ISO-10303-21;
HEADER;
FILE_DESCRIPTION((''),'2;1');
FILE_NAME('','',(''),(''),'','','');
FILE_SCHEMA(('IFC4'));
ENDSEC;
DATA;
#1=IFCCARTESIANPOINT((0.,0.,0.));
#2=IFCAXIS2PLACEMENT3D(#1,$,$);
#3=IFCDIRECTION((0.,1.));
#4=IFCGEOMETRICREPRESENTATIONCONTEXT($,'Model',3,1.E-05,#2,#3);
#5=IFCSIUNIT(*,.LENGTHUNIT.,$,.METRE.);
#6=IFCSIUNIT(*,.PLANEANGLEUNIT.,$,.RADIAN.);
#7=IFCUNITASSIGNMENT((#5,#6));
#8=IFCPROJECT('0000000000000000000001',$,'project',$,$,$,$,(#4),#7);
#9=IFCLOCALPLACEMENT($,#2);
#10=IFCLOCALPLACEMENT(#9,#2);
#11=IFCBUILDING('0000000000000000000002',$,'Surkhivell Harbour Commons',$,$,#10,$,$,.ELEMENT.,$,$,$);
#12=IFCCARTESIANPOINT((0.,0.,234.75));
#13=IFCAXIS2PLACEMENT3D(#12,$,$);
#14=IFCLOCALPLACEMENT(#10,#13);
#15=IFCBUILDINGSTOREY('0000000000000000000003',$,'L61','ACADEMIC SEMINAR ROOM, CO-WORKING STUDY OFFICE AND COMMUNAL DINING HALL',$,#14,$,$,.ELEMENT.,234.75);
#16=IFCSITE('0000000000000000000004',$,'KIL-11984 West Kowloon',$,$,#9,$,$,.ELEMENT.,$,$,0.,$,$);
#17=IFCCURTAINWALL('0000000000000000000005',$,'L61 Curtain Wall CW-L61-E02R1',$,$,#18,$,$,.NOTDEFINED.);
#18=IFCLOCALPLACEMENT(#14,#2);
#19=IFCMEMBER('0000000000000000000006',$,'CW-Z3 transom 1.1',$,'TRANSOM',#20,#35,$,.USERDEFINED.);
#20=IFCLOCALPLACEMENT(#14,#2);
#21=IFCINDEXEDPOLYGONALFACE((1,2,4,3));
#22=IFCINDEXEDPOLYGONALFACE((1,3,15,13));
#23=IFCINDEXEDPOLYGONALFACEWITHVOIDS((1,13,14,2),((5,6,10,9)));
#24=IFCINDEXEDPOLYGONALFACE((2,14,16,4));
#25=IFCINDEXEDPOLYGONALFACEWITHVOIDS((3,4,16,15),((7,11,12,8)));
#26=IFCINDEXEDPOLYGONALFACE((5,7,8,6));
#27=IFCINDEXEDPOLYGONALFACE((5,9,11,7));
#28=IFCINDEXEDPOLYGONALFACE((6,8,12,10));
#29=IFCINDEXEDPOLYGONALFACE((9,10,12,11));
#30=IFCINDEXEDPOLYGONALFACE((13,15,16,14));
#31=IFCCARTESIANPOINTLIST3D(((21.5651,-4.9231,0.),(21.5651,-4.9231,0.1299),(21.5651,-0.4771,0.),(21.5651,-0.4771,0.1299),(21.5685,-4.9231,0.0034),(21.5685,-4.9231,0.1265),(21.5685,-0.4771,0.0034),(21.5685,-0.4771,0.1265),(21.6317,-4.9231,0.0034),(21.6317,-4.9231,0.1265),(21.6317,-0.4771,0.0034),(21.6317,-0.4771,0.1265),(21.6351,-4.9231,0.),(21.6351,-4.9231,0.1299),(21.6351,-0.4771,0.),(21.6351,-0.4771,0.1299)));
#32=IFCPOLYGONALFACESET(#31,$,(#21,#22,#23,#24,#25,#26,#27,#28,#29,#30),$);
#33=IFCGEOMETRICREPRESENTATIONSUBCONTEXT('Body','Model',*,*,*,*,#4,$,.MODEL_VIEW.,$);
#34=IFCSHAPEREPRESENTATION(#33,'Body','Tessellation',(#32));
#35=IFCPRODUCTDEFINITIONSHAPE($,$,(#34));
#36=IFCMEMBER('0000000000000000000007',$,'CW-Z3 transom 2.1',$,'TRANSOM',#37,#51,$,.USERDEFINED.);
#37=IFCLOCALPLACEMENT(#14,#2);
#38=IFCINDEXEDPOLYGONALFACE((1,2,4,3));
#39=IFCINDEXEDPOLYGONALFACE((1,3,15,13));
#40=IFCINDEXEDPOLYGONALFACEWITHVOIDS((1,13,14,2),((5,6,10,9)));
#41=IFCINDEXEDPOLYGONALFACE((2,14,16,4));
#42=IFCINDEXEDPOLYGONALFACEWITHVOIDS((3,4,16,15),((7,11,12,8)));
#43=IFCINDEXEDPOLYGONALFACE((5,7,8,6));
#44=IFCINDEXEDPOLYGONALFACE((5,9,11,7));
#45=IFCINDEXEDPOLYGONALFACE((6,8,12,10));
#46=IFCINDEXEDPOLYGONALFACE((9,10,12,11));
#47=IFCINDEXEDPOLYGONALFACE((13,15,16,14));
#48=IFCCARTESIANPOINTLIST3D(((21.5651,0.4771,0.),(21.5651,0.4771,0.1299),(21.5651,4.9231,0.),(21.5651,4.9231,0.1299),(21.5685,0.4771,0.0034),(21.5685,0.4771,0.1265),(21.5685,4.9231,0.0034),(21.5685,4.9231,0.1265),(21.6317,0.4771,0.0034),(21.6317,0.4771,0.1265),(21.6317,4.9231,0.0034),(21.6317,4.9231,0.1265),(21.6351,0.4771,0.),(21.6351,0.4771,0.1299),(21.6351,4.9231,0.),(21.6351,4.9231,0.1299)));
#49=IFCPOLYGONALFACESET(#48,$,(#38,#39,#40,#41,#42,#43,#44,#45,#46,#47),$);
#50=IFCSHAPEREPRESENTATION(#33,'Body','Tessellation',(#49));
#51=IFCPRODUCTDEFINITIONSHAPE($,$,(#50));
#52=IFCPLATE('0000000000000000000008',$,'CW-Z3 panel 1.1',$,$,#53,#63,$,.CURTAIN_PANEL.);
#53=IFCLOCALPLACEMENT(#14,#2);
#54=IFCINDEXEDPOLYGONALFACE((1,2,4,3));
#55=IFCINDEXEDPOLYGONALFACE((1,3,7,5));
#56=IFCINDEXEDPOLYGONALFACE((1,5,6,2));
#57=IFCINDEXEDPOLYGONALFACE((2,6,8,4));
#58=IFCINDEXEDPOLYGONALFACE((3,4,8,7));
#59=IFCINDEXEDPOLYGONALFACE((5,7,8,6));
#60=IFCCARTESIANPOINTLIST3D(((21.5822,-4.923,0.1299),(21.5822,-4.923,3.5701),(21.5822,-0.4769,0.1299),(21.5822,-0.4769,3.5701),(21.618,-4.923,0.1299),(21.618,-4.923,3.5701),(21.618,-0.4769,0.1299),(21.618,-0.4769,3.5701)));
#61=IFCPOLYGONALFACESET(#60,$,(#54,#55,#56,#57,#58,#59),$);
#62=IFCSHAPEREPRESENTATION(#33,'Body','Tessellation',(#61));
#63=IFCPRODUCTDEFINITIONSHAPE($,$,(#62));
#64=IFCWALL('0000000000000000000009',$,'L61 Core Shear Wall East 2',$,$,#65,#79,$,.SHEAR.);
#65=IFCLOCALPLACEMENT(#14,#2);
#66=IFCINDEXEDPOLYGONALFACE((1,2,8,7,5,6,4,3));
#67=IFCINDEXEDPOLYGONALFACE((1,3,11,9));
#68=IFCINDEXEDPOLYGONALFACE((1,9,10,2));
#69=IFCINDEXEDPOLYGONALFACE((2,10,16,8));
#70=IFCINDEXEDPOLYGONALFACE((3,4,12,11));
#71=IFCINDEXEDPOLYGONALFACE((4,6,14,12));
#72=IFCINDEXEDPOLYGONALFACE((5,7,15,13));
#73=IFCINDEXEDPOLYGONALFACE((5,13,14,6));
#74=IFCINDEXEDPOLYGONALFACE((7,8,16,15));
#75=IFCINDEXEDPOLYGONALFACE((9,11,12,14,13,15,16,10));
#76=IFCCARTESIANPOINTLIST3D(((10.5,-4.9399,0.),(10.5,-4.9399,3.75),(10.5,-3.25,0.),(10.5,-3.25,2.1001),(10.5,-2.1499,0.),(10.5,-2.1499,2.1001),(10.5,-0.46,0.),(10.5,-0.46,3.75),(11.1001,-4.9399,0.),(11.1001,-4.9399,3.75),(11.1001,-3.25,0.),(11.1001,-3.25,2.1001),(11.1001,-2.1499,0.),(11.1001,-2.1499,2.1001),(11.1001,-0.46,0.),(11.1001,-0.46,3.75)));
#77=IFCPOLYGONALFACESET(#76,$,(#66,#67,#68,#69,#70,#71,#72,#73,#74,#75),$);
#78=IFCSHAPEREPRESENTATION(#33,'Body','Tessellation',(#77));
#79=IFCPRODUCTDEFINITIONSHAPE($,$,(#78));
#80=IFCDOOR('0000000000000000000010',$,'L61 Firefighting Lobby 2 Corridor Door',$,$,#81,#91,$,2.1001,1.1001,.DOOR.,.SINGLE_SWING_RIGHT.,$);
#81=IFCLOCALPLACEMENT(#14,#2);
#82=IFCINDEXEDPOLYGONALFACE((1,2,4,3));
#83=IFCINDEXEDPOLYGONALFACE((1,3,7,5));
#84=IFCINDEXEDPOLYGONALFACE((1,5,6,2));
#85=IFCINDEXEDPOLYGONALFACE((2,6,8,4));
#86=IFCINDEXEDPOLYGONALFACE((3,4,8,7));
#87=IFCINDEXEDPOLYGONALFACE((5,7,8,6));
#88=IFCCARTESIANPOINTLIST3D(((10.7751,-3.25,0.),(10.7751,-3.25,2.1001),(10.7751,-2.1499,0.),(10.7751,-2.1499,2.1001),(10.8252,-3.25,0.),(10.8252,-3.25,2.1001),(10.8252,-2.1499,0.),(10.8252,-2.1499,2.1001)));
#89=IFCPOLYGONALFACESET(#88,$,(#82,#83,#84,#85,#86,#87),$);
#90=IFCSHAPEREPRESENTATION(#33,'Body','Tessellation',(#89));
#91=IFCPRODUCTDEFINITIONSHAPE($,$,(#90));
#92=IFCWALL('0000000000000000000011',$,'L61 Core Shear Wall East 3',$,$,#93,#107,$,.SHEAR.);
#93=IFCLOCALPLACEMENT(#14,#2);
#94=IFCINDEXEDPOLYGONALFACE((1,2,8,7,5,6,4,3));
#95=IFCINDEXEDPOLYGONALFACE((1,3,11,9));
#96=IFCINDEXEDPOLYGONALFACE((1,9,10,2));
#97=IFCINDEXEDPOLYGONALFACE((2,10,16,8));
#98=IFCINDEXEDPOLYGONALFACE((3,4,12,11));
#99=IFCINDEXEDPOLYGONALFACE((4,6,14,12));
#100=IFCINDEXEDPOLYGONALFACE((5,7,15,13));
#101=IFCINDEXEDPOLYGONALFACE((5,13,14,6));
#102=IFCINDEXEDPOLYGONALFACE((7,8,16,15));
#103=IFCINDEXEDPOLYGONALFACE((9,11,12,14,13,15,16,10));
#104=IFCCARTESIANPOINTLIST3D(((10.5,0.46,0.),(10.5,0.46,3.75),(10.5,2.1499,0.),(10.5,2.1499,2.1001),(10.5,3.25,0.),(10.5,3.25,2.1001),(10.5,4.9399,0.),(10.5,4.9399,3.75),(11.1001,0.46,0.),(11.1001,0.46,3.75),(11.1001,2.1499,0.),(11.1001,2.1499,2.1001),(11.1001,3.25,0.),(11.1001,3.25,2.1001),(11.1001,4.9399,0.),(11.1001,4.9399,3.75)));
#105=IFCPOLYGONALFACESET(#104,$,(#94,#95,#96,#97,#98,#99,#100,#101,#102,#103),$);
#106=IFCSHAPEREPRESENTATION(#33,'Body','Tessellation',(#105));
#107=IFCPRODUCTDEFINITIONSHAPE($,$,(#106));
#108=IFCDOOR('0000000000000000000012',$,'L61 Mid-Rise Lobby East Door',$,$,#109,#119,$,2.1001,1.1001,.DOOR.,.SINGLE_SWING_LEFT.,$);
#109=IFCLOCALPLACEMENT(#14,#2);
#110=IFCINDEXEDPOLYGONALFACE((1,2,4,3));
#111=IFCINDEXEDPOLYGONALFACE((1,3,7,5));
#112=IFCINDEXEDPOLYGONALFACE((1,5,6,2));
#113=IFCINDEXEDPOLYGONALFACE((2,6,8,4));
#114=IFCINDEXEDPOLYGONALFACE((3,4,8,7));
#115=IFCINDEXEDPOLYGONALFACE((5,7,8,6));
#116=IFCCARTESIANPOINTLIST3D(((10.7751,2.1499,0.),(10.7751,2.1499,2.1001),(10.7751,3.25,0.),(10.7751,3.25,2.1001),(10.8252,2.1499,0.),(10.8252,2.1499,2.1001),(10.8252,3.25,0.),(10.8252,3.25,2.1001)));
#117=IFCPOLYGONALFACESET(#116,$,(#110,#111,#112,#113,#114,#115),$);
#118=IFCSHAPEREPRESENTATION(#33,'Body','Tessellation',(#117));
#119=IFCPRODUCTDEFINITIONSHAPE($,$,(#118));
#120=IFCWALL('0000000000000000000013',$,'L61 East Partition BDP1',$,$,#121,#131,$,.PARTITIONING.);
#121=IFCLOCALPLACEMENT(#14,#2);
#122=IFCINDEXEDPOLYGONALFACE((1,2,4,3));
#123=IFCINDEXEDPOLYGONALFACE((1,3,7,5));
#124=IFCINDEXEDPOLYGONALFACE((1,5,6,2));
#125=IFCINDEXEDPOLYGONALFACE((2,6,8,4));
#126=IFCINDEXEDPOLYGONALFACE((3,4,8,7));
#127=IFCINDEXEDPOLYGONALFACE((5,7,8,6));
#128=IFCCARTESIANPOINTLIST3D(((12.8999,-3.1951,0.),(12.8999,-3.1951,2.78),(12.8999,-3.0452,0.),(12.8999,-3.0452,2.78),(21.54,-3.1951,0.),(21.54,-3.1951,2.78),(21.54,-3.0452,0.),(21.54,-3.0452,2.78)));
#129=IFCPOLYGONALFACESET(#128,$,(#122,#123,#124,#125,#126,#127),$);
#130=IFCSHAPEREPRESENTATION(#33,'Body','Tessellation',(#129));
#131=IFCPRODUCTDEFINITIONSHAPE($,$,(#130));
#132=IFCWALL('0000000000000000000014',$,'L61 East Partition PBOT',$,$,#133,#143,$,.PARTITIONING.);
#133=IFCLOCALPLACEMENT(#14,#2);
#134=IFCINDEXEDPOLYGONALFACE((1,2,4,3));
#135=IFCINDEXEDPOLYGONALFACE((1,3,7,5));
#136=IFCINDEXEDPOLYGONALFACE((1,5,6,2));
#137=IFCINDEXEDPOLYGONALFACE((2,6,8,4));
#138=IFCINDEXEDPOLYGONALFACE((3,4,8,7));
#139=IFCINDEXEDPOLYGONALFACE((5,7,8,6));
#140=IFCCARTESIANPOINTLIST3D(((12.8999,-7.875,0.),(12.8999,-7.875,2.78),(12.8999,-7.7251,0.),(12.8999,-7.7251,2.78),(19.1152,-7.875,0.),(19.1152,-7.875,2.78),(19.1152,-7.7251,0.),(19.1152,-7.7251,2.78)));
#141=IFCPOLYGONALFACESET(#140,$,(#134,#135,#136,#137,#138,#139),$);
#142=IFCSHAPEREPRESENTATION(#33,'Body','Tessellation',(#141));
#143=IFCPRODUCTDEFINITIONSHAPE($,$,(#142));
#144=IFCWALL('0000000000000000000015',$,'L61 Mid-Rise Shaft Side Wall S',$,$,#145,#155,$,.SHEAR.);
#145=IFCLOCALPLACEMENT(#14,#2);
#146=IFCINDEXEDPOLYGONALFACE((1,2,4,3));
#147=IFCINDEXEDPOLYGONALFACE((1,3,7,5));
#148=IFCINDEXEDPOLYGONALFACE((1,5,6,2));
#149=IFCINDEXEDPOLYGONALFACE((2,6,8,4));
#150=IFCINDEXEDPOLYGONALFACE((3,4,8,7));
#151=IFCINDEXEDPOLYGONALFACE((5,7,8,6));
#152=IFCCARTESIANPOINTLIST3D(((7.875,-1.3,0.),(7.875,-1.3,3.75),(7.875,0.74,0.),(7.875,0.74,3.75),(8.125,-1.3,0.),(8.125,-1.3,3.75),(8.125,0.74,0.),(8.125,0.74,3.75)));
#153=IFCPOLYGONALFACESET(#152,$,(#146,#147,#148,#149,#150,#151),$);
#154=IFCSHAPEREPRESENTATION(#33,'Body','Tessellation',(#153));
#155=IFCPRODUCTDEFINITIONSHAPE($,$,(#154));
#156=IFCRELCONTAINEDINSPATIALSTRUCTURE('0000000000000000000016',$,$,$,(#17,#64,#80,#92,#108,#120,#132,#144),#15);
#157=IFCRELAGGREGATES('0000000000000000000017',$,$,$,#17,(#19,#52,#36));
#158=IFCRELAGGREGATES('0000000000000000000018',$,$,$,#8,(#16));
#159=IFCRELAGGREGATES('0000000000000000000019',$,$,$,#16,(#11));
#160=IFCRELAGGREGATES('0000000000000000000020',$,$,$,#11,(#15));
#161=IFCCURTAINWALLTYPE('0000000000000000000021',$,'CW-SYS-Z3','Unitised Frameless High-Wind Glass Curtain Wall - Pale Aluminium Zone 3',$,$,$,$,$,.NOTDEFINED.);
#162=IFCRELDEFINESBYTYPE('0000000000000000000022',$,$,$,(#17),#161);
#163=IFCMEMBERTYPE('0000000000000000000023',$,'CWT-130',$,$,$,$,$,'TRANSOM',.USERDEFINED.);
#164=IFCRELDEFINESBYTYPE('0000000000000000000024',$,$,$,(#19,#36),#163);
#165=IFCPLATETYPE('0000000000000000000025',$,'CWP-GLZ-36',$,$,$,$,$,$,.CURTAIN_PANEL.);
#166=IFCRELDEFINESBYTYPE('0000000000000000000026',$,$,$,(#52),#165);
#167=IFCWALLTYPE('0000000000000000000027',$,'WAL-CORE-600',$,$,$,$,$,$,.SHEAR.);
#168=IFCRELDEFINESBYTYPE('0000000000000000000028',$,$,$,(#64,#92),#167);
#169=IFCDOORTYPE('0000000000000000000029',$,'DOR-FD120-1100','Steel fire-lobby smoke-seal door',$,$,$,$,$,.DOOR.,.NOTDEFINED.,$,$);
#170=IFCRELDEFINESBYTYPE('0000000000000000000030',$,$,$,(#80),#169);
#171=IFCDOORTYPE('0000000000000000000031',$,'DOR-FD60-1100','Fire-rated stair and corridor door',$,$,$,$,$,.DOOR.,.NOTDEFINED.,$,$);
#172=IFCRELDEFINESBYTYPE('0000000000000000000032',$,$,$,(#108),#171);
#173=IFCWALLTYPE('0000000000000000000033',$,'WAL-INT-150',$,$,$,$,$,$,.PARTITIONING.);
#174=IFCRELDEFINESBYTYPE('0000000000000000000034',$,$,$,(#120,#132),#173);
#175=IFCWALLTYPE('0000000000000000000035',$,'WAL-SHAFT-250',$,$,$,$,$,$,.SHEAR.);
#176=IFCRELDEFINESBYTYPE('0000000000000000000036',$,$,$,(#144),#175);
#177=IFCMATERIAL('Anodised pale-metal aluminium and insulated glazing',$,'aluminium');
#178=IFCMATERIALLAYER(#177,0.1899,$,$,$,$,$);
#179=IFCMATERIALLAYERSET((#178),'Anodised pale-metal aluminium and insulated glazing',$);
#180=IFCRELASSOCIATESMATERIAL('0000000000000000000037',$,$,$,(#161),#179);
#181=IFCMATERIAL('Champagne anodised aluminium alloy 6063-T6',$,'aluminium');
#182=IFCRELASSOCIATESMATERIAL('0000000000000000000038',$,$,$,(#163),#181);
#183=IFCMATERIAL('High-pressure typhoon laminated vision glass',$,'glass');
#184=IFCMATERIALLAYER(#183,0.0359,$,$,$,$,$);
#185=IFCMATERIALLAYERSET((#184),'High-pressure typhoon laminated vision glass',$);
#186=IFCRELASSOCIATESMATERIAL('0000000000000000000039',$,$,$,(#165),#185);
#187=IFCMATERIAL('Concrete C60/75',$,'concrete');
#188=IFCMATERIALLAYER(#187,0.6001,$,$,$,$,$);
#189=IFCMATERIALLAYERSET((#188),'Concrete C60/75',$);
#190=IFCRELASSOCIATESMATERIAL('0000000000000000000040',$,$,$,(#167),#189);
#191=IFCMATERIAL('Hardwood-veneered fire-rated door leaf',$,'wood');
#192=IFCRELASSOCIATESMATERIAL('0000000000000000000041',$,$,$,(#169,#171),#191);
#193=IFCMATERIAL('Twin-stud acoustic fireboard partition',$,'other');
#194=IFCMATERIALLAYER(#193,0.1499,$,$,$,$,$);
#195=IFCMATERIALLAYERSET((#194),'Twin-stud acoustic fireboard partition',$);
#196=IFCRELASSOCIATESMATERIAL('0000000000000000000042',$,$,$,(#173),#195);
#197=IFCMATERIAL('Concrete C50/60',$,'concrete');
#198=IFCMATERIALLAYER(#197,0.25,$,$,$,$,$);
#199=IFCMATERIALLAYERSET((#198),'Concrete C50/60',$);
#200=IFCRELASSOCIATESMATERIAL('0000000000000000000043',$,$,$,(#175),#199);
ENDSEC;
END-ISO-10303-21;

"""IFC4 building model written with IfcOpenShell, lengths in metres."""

from ifc_helpers import new_model, si_unit, direction, frame, frame_2d, origin, origin_2d, place, context, subcontext, project, spatial, rectangle, hollow_rectangle, extrude, material, layer, layer_set, material_profile, profile_set, type_object, element, fill, aggregate, save


model = new_model("IFC4")

# Units and contexts
model_context = context("Model", 3, precision=1e-05, world=origin(), true_north=direction((0.0, 1.0)))
body_context = subcontext(model_context, "Body", "Model", "MODEL_VIEW")
ifc_project = project(units=[si_unit("LENGTHUNIT", "METRE"), si_unit("PLANEANGLEUNIT", "RADIAN")], contexts=[model_context])

# Site, building, storey
site_placement = place(None, origin())
site = spatial("IfcSite", under=ifc_project, at=site_placement, Name="KIL-11984 West Kowloon", CompositionType="ELEMENT", RefElevation=0.0)
building_placement = place(site_placement, origin())
building = spatial("IfcBuilding", under=site, at=building_placement, Name="Surkhivell Harbour Commons", CompositionType="ELEMENT")
storey_placement = place(building_placement, frame((0.0, 0.0, 234.75)))
storey = spatial("IfcBuildingStorey", under=building, at=storey_placement, Name="L61", Description="ACADEMIC SEMINAR ROOM, CO-WORKING STUDY OFFICE AND COMMUNAL DINING HALL", CompositionType="ELEMENT", Elevation=234.75)

# Shared definitions
ifc_material_1 = material(Name="Concrete C60/75", Category="concrete")
ifc_material_2 = material(Name="Concrete C50/60", Category="concrete")

# Shared definitions
ifc_material_3 = material(Name="Anodised pale-metal aluminium and insulated glazing", Category="aluminium")
ifc_layer_1 = layer(ifc_material_3, 0.1899)
ifc_layer_set_1 = layer_set([ifc_layer_1], Name="Anodised pale-metal aluminium and insulated glazing")
curtain_wall_type = type_object("IfcCurtainWallType", Name="CW-SYS-Z3", Description="Unitised Frameless High-Wind Glass Curtain Wall - Pale Aluminium Zone 3", PredefinedType="NOTDEFINED", material=ifc_layer_set_1)

# Curtain wall, members, plate
curtain_wall_1_placement = place(storey_placement, origin())
curtain_wall_1 = element("IfcCurtainWall", 1, at=curtain_wall_1_placement, inside=storey, type_object=curtain_wall_type, Name="L61 Curtain Wall CW-L61-E02R1", PredefinedType="NOTDEFINED")
ifc_material_4 = material(Name="Champagne anodised aluminium alloy 6063-T6", Category="aluminium")
ifc_material_profile_1 = material_profile(ifc_material_4, hollow_rectangle(XDim=0.0701, YDim=0.1299, WallThickness=0.0034, at=origin_2d()), Name="ALU-TRAN-70x130")
ifc_profile_set_1 = profile_set([ifc_material_profile_1], Name="Champagne anodised aluminium alloy 6063-T6")
member_type_1 = type_object("IfcMemberType", Name="CWT-130", ElementType="TRANSOM", PredefinedType="USERDEFINED", material=ifc_profile_set_1)
member_1_placement = place(storey_placement, frame((21.6001, -4.9231, 0.0649), z_axis=(0.0, 1.0, 0.0), x_axis=(-1.0, 0.0, 0.0)))
member_1 = element("IfcMember", 2, at=member_1_placement, type_object=member_type_1, Name="CW-Z3 transom 1.1", ObjectType="TRANSOM", PredefinedType="USERDEFINED", context=body_context, shape_type="SweptSolid", body=[
    extrude(hollow_rectangle(XDim=0.0701, YDim=0.1299, WallThickness=0.0034, at=origin_2d()), origin(), (0.0, 0.0, 1.0), 4.446),
])
member_2_placement = place(storey_placement, frame((21.6001, 0.4771, 0.0649), z_axis=(0.0, 1.0, 0.0), x_axis=(-1.0, 0.0, 0.0)))
member_2 = element("IfcMember", 3, at=member_2_placement, type_object=member_type_1, Name="CW-Z3 transom 2.1", ObjectType="TRANSOM", PredefinedType="USERDEFINED", context=body_context, shape_type="SweptSolid", body=[
    extrude(hollow_rectangle(XDim=0.0701, YDim=0.1299, WallThickness=0.0034, at=origin_2d()), origin(), (0.0, 0.0, 1.0), 4.446),
])
ifc_material_5 = material(Name="High-pressure typhoon laminated vision glass", Category="glass")
ifc_layer_2 = layer(ifc_material_5, 0.0359)
ifc_layer_set_2 = layer_set([ifc_layer_2], Name="High-pressure typhoon laminated vision glass")
plate_type = type_object("IfcPlateType", Name="CWP-GLZ-36", PredefinedType="CURTAIN_PANEL", material=ifc_layer_set_2)
plate_placement = place(storey_placement, frame((21.6001, -4.9231, 0.1299), z_axis=(0.0, 0.0, 1.0), x_axis=(0.0, 1.0, 0.0)))
plate = element("IfcPlate", 4, at=plate_placement, type_object=plate_type, Name="CW-Z3 panel 1.1", PredefinedType="CURTAIN_PANEL", context=body_context, shape_type="SweptSolid", body=[
    extrude(rectangle(XDim=4.446, YDim=0.0359, at=frame_2d((2.2231, 0.0))), origin(), (0.0, 0.0, 1.0), 3.4402),
])
aggregate(curtain_wall_1, [member_1, plate, member_2])

# Walls, openings, doors
ifc_layer_3 = layer(ifc_material_1, 0.6001)
ifc_layer_set_3 = layer_set([ifc_layer_3], Name="Concrete C60/75")
wall_type_1 = type_object("IfcWallType", Name="WAL-CORE-600", PredefinedType="SHEAR", material=ifc_layer_set_3)
wall_1_placement = place(storey_placement, frame((10.8, -4.9399, 0.0), z_axis=(0.0, 0.0, 1.0), x_axis=(0.0, 1.0, 0.0)))
wall_1 = element("IfcWall", 5, at=wall_1_placement, inside=storey, type_object=wall_type_1, Name="L61 Core Shear Wall East 2", PredefinedType="SHEAR", context=body_context, shape_type="SweptSolid", body=[
    extrude(rectangle(XDim=4.48, YDim=0.6001, at=frame_2d((2.24, 0.0))), origin(), (0.0, 0.0, 1.0), 3.75),
])
opening_1_placement = place(wall_1_placement, frame((1.6899, 0.0, 0.0)))
opening_1 = element("IfcOpeningElement", 6, at=opening_1_placement, cuts=wall_1, PredefinedType="OPENING", context=body_context, shape_type="SweptSolid", body=[
    extrude(rectangle(XDim=1.1001, YDim=2.1001, at=frame_2d((0.55, 1.05))), frame((0.0, 0.3101, 0.0), z_axis=(0.0, -1.0, 0.0), x_axis=(1.0, 0.0, 0.0)), (0.0, 0.0, 1.0), 0.6201),
])
ifc_material_6 = material(Name="Hardwood-veneered fire-rated door leaf", Category="wood")
door_type_1 = type_object("IfcDoorType", Name="DOR-FD120-1100", Description="Steel fire-lobby smoke-seal door", OperationType="NOTDEFINED", PredefinedType="DOOR", material=ifc_material_6)
door_1_placement = place(opening_1_placement, origin())
door_1 = element("IfcDoor", 7, at=door_1_placement, inside=storey, type_object=door_type_1, Name="L61 Firefighting Lobby 2 Corridor Door", OperationType="SINGLE_SWING_RIGHT", OverallHeight=2.1001, OverallWidth=1.1001, PredefinedType="DOOR", context=body_context, shape_type="SweptSolid", body=[
    extrude(rectangle(XDim=1.1001, YDim=2.1001, at=frame_2d((0.55, 1.05))), frame((0.0, 0.0249, 0.0), z_axis=(0.0, -1.0, 0.0), x_axis=(1.0, 0.0, 0.0)), (0.0, 0.0, 1.0), 0.05),
])
fill(opening_1, door_1)
wall_2_placement = place(storey_placement, frame((10.8, 0.46, 0.0), z_axis=(0.0, 0.0, 1.0), x_axis=(0.0, 1.0, 0.0)))
wall_2 = element("IfcWall", 8, at=wall_2_placement, inside=storey, type_object=wall_type_1, Name="L61 Core Shear Wall East 3", PredefinedType="SHEAR", context=body_context, shape_type="SweptSolid", body=[
    extrude(rectangle(XDim=4.48, YDim=0.6001, at=frame_2d((2.24, 0.0))), origin(), (0.0, 0.0, 1.0), 3.75),
])
opening_2_placement = place(wall_2_placement, frame((1.6899, 0.0, 0.0)))
opening_2 = element("IfcOpeningElement", 9, at=opening_2_placement, cuts=wall_2, PredefinedType="OPENING", context=body_context, shape_type="SweptSolid", body=[
    extrude(rectangle(XDim=1.1001, YDim=2.1001, at=frame_2d((0.55, 1.05))), frame((0.0, 0.3101, 0.0), z_axis=(0.0, -1.0, 0.0), x_axis=(1.0, 0.0, 0.0)), (0.0, 0.0, 1.0), 0.6201),
])
door_type_2 = type_object("IfcDoorType", Name="DOR-FD60-1100", Description="Fire-rated stair and corridor door", OperationType="NOTDEFINED", PredefinedType="DOOR", material=ifc_material_6)
door_2_placement = place(opening_2_placement, origin())
door_2 = element("IfcDoor", 10, at=door_2_placement, inside=storey, type_object=door_type_2, Name="L61 Mid-Rise Lobby East Door", OperationType="SINGLE_SWING_LEFT", OverallHeight=2.1001, OverallWidth=1.1001, PredefinedType="DOOR", context=body_context, shape_type="SweptSolid", body=[
    extrude(rectangle(XDim=1.1001, YDim=2.1001, at=frame_2d((0.55, 1.05))), frame((0.0, 0.0249, 0.0), z_axis=(0.0, -1.0, 0.0), x_axis=(1.0, 0.0, 0.0)), (0.0, 0.0, 1.0), 0.05),
])
fill(opening_2, door_2)

# Walls
ifc_material_7 = material(Name="Twin-stud acoustic fireboard partition", Category="other")
ifc_layer_4 = layer(ifc_material_7, 0.1499)
ifc_layer_set_4 = layer_set([ifc_layer_4], Name="Twin-stud acoustic fireboard partition")
wall_type_2 = type_object("IfcWallType", Name="WAL-INT-150", PredefinedType="PARTITIONING", material=ifc_layer_set_4)
wall_3_placement = place(storey_placement, frame((12.8999, -3.1201, 0.0), z_axis=(0.0, 0.0, 1.0), x_axis=(1.0, 0.0, 0.0)))
element("IfcWall", 11, at=wall_3_placement, inside=storey, type_object=wall_type_2, Name="L61 East Partition BDP1", PredefinedType="PARTITIONING", context=body_context, shape_type="SweptSolid", body=[
    extrude(rectangle(XDim=8.6401, YDim=0.1499, at=frame_2d((4.3201, 0.0))), origin(), (0.0, 0.0, 1.0), 2.78),
])
wall_4_placement = place(storey_placement, frame((12.8999, -7.8, 0.0), z_axis=(0.0, 0.0, 1.0), x_axis=(1.0, 0.0, 0.0)))
element("IfcWall", 12, at=wall_4_placement, inside=storey, type_object=wall_type_2, Name="L61 East Partition PBOT", PredefinedType="PARTITIONING", context=body_context, shape_type="SweptSolid", body=[
    extrude(rectangle(XDim=6.2153, YDim=0.1499, at=frame_2d((3.1077, 0.0))), origin(), (0.0, 0.0, 1.0), 2.78),
])
ifc_layer_5 = layer(ifc_material_2, 0.25)
ifc_layer_set_5 = layer_set([ifc_layer_5], Name="Concrete C50/60")
wall_type_3 = type_object("IfcWallType", Name="WAL-SHAFT-250", PredefinedType="SHEAR", material=ifc_layer_set_5)
wall_5_placement = place(storey_placement, frame((8.0, -1.3, 0.0), z_axis=(0.0, 0.0, 1.0), x_axis=(0.0, 1.0, 0.0)))
element("IfcWall", 13, at=wall_5_placement, inside=storey, type_object=wall_type_3, Name="L61 Mid-Rise Shaft Side Wall S", PredefinedType="SHEAR", context=body_context, shape_type="SweptSolid", body=[
    extrude(rectangle(XDim=2.04, YDim=0.25, at=frame_2d((1.02, 0.0))), origin(), (0.0, 0.0, 1.0), 3.75),
])

save(model, "model.ifc")
